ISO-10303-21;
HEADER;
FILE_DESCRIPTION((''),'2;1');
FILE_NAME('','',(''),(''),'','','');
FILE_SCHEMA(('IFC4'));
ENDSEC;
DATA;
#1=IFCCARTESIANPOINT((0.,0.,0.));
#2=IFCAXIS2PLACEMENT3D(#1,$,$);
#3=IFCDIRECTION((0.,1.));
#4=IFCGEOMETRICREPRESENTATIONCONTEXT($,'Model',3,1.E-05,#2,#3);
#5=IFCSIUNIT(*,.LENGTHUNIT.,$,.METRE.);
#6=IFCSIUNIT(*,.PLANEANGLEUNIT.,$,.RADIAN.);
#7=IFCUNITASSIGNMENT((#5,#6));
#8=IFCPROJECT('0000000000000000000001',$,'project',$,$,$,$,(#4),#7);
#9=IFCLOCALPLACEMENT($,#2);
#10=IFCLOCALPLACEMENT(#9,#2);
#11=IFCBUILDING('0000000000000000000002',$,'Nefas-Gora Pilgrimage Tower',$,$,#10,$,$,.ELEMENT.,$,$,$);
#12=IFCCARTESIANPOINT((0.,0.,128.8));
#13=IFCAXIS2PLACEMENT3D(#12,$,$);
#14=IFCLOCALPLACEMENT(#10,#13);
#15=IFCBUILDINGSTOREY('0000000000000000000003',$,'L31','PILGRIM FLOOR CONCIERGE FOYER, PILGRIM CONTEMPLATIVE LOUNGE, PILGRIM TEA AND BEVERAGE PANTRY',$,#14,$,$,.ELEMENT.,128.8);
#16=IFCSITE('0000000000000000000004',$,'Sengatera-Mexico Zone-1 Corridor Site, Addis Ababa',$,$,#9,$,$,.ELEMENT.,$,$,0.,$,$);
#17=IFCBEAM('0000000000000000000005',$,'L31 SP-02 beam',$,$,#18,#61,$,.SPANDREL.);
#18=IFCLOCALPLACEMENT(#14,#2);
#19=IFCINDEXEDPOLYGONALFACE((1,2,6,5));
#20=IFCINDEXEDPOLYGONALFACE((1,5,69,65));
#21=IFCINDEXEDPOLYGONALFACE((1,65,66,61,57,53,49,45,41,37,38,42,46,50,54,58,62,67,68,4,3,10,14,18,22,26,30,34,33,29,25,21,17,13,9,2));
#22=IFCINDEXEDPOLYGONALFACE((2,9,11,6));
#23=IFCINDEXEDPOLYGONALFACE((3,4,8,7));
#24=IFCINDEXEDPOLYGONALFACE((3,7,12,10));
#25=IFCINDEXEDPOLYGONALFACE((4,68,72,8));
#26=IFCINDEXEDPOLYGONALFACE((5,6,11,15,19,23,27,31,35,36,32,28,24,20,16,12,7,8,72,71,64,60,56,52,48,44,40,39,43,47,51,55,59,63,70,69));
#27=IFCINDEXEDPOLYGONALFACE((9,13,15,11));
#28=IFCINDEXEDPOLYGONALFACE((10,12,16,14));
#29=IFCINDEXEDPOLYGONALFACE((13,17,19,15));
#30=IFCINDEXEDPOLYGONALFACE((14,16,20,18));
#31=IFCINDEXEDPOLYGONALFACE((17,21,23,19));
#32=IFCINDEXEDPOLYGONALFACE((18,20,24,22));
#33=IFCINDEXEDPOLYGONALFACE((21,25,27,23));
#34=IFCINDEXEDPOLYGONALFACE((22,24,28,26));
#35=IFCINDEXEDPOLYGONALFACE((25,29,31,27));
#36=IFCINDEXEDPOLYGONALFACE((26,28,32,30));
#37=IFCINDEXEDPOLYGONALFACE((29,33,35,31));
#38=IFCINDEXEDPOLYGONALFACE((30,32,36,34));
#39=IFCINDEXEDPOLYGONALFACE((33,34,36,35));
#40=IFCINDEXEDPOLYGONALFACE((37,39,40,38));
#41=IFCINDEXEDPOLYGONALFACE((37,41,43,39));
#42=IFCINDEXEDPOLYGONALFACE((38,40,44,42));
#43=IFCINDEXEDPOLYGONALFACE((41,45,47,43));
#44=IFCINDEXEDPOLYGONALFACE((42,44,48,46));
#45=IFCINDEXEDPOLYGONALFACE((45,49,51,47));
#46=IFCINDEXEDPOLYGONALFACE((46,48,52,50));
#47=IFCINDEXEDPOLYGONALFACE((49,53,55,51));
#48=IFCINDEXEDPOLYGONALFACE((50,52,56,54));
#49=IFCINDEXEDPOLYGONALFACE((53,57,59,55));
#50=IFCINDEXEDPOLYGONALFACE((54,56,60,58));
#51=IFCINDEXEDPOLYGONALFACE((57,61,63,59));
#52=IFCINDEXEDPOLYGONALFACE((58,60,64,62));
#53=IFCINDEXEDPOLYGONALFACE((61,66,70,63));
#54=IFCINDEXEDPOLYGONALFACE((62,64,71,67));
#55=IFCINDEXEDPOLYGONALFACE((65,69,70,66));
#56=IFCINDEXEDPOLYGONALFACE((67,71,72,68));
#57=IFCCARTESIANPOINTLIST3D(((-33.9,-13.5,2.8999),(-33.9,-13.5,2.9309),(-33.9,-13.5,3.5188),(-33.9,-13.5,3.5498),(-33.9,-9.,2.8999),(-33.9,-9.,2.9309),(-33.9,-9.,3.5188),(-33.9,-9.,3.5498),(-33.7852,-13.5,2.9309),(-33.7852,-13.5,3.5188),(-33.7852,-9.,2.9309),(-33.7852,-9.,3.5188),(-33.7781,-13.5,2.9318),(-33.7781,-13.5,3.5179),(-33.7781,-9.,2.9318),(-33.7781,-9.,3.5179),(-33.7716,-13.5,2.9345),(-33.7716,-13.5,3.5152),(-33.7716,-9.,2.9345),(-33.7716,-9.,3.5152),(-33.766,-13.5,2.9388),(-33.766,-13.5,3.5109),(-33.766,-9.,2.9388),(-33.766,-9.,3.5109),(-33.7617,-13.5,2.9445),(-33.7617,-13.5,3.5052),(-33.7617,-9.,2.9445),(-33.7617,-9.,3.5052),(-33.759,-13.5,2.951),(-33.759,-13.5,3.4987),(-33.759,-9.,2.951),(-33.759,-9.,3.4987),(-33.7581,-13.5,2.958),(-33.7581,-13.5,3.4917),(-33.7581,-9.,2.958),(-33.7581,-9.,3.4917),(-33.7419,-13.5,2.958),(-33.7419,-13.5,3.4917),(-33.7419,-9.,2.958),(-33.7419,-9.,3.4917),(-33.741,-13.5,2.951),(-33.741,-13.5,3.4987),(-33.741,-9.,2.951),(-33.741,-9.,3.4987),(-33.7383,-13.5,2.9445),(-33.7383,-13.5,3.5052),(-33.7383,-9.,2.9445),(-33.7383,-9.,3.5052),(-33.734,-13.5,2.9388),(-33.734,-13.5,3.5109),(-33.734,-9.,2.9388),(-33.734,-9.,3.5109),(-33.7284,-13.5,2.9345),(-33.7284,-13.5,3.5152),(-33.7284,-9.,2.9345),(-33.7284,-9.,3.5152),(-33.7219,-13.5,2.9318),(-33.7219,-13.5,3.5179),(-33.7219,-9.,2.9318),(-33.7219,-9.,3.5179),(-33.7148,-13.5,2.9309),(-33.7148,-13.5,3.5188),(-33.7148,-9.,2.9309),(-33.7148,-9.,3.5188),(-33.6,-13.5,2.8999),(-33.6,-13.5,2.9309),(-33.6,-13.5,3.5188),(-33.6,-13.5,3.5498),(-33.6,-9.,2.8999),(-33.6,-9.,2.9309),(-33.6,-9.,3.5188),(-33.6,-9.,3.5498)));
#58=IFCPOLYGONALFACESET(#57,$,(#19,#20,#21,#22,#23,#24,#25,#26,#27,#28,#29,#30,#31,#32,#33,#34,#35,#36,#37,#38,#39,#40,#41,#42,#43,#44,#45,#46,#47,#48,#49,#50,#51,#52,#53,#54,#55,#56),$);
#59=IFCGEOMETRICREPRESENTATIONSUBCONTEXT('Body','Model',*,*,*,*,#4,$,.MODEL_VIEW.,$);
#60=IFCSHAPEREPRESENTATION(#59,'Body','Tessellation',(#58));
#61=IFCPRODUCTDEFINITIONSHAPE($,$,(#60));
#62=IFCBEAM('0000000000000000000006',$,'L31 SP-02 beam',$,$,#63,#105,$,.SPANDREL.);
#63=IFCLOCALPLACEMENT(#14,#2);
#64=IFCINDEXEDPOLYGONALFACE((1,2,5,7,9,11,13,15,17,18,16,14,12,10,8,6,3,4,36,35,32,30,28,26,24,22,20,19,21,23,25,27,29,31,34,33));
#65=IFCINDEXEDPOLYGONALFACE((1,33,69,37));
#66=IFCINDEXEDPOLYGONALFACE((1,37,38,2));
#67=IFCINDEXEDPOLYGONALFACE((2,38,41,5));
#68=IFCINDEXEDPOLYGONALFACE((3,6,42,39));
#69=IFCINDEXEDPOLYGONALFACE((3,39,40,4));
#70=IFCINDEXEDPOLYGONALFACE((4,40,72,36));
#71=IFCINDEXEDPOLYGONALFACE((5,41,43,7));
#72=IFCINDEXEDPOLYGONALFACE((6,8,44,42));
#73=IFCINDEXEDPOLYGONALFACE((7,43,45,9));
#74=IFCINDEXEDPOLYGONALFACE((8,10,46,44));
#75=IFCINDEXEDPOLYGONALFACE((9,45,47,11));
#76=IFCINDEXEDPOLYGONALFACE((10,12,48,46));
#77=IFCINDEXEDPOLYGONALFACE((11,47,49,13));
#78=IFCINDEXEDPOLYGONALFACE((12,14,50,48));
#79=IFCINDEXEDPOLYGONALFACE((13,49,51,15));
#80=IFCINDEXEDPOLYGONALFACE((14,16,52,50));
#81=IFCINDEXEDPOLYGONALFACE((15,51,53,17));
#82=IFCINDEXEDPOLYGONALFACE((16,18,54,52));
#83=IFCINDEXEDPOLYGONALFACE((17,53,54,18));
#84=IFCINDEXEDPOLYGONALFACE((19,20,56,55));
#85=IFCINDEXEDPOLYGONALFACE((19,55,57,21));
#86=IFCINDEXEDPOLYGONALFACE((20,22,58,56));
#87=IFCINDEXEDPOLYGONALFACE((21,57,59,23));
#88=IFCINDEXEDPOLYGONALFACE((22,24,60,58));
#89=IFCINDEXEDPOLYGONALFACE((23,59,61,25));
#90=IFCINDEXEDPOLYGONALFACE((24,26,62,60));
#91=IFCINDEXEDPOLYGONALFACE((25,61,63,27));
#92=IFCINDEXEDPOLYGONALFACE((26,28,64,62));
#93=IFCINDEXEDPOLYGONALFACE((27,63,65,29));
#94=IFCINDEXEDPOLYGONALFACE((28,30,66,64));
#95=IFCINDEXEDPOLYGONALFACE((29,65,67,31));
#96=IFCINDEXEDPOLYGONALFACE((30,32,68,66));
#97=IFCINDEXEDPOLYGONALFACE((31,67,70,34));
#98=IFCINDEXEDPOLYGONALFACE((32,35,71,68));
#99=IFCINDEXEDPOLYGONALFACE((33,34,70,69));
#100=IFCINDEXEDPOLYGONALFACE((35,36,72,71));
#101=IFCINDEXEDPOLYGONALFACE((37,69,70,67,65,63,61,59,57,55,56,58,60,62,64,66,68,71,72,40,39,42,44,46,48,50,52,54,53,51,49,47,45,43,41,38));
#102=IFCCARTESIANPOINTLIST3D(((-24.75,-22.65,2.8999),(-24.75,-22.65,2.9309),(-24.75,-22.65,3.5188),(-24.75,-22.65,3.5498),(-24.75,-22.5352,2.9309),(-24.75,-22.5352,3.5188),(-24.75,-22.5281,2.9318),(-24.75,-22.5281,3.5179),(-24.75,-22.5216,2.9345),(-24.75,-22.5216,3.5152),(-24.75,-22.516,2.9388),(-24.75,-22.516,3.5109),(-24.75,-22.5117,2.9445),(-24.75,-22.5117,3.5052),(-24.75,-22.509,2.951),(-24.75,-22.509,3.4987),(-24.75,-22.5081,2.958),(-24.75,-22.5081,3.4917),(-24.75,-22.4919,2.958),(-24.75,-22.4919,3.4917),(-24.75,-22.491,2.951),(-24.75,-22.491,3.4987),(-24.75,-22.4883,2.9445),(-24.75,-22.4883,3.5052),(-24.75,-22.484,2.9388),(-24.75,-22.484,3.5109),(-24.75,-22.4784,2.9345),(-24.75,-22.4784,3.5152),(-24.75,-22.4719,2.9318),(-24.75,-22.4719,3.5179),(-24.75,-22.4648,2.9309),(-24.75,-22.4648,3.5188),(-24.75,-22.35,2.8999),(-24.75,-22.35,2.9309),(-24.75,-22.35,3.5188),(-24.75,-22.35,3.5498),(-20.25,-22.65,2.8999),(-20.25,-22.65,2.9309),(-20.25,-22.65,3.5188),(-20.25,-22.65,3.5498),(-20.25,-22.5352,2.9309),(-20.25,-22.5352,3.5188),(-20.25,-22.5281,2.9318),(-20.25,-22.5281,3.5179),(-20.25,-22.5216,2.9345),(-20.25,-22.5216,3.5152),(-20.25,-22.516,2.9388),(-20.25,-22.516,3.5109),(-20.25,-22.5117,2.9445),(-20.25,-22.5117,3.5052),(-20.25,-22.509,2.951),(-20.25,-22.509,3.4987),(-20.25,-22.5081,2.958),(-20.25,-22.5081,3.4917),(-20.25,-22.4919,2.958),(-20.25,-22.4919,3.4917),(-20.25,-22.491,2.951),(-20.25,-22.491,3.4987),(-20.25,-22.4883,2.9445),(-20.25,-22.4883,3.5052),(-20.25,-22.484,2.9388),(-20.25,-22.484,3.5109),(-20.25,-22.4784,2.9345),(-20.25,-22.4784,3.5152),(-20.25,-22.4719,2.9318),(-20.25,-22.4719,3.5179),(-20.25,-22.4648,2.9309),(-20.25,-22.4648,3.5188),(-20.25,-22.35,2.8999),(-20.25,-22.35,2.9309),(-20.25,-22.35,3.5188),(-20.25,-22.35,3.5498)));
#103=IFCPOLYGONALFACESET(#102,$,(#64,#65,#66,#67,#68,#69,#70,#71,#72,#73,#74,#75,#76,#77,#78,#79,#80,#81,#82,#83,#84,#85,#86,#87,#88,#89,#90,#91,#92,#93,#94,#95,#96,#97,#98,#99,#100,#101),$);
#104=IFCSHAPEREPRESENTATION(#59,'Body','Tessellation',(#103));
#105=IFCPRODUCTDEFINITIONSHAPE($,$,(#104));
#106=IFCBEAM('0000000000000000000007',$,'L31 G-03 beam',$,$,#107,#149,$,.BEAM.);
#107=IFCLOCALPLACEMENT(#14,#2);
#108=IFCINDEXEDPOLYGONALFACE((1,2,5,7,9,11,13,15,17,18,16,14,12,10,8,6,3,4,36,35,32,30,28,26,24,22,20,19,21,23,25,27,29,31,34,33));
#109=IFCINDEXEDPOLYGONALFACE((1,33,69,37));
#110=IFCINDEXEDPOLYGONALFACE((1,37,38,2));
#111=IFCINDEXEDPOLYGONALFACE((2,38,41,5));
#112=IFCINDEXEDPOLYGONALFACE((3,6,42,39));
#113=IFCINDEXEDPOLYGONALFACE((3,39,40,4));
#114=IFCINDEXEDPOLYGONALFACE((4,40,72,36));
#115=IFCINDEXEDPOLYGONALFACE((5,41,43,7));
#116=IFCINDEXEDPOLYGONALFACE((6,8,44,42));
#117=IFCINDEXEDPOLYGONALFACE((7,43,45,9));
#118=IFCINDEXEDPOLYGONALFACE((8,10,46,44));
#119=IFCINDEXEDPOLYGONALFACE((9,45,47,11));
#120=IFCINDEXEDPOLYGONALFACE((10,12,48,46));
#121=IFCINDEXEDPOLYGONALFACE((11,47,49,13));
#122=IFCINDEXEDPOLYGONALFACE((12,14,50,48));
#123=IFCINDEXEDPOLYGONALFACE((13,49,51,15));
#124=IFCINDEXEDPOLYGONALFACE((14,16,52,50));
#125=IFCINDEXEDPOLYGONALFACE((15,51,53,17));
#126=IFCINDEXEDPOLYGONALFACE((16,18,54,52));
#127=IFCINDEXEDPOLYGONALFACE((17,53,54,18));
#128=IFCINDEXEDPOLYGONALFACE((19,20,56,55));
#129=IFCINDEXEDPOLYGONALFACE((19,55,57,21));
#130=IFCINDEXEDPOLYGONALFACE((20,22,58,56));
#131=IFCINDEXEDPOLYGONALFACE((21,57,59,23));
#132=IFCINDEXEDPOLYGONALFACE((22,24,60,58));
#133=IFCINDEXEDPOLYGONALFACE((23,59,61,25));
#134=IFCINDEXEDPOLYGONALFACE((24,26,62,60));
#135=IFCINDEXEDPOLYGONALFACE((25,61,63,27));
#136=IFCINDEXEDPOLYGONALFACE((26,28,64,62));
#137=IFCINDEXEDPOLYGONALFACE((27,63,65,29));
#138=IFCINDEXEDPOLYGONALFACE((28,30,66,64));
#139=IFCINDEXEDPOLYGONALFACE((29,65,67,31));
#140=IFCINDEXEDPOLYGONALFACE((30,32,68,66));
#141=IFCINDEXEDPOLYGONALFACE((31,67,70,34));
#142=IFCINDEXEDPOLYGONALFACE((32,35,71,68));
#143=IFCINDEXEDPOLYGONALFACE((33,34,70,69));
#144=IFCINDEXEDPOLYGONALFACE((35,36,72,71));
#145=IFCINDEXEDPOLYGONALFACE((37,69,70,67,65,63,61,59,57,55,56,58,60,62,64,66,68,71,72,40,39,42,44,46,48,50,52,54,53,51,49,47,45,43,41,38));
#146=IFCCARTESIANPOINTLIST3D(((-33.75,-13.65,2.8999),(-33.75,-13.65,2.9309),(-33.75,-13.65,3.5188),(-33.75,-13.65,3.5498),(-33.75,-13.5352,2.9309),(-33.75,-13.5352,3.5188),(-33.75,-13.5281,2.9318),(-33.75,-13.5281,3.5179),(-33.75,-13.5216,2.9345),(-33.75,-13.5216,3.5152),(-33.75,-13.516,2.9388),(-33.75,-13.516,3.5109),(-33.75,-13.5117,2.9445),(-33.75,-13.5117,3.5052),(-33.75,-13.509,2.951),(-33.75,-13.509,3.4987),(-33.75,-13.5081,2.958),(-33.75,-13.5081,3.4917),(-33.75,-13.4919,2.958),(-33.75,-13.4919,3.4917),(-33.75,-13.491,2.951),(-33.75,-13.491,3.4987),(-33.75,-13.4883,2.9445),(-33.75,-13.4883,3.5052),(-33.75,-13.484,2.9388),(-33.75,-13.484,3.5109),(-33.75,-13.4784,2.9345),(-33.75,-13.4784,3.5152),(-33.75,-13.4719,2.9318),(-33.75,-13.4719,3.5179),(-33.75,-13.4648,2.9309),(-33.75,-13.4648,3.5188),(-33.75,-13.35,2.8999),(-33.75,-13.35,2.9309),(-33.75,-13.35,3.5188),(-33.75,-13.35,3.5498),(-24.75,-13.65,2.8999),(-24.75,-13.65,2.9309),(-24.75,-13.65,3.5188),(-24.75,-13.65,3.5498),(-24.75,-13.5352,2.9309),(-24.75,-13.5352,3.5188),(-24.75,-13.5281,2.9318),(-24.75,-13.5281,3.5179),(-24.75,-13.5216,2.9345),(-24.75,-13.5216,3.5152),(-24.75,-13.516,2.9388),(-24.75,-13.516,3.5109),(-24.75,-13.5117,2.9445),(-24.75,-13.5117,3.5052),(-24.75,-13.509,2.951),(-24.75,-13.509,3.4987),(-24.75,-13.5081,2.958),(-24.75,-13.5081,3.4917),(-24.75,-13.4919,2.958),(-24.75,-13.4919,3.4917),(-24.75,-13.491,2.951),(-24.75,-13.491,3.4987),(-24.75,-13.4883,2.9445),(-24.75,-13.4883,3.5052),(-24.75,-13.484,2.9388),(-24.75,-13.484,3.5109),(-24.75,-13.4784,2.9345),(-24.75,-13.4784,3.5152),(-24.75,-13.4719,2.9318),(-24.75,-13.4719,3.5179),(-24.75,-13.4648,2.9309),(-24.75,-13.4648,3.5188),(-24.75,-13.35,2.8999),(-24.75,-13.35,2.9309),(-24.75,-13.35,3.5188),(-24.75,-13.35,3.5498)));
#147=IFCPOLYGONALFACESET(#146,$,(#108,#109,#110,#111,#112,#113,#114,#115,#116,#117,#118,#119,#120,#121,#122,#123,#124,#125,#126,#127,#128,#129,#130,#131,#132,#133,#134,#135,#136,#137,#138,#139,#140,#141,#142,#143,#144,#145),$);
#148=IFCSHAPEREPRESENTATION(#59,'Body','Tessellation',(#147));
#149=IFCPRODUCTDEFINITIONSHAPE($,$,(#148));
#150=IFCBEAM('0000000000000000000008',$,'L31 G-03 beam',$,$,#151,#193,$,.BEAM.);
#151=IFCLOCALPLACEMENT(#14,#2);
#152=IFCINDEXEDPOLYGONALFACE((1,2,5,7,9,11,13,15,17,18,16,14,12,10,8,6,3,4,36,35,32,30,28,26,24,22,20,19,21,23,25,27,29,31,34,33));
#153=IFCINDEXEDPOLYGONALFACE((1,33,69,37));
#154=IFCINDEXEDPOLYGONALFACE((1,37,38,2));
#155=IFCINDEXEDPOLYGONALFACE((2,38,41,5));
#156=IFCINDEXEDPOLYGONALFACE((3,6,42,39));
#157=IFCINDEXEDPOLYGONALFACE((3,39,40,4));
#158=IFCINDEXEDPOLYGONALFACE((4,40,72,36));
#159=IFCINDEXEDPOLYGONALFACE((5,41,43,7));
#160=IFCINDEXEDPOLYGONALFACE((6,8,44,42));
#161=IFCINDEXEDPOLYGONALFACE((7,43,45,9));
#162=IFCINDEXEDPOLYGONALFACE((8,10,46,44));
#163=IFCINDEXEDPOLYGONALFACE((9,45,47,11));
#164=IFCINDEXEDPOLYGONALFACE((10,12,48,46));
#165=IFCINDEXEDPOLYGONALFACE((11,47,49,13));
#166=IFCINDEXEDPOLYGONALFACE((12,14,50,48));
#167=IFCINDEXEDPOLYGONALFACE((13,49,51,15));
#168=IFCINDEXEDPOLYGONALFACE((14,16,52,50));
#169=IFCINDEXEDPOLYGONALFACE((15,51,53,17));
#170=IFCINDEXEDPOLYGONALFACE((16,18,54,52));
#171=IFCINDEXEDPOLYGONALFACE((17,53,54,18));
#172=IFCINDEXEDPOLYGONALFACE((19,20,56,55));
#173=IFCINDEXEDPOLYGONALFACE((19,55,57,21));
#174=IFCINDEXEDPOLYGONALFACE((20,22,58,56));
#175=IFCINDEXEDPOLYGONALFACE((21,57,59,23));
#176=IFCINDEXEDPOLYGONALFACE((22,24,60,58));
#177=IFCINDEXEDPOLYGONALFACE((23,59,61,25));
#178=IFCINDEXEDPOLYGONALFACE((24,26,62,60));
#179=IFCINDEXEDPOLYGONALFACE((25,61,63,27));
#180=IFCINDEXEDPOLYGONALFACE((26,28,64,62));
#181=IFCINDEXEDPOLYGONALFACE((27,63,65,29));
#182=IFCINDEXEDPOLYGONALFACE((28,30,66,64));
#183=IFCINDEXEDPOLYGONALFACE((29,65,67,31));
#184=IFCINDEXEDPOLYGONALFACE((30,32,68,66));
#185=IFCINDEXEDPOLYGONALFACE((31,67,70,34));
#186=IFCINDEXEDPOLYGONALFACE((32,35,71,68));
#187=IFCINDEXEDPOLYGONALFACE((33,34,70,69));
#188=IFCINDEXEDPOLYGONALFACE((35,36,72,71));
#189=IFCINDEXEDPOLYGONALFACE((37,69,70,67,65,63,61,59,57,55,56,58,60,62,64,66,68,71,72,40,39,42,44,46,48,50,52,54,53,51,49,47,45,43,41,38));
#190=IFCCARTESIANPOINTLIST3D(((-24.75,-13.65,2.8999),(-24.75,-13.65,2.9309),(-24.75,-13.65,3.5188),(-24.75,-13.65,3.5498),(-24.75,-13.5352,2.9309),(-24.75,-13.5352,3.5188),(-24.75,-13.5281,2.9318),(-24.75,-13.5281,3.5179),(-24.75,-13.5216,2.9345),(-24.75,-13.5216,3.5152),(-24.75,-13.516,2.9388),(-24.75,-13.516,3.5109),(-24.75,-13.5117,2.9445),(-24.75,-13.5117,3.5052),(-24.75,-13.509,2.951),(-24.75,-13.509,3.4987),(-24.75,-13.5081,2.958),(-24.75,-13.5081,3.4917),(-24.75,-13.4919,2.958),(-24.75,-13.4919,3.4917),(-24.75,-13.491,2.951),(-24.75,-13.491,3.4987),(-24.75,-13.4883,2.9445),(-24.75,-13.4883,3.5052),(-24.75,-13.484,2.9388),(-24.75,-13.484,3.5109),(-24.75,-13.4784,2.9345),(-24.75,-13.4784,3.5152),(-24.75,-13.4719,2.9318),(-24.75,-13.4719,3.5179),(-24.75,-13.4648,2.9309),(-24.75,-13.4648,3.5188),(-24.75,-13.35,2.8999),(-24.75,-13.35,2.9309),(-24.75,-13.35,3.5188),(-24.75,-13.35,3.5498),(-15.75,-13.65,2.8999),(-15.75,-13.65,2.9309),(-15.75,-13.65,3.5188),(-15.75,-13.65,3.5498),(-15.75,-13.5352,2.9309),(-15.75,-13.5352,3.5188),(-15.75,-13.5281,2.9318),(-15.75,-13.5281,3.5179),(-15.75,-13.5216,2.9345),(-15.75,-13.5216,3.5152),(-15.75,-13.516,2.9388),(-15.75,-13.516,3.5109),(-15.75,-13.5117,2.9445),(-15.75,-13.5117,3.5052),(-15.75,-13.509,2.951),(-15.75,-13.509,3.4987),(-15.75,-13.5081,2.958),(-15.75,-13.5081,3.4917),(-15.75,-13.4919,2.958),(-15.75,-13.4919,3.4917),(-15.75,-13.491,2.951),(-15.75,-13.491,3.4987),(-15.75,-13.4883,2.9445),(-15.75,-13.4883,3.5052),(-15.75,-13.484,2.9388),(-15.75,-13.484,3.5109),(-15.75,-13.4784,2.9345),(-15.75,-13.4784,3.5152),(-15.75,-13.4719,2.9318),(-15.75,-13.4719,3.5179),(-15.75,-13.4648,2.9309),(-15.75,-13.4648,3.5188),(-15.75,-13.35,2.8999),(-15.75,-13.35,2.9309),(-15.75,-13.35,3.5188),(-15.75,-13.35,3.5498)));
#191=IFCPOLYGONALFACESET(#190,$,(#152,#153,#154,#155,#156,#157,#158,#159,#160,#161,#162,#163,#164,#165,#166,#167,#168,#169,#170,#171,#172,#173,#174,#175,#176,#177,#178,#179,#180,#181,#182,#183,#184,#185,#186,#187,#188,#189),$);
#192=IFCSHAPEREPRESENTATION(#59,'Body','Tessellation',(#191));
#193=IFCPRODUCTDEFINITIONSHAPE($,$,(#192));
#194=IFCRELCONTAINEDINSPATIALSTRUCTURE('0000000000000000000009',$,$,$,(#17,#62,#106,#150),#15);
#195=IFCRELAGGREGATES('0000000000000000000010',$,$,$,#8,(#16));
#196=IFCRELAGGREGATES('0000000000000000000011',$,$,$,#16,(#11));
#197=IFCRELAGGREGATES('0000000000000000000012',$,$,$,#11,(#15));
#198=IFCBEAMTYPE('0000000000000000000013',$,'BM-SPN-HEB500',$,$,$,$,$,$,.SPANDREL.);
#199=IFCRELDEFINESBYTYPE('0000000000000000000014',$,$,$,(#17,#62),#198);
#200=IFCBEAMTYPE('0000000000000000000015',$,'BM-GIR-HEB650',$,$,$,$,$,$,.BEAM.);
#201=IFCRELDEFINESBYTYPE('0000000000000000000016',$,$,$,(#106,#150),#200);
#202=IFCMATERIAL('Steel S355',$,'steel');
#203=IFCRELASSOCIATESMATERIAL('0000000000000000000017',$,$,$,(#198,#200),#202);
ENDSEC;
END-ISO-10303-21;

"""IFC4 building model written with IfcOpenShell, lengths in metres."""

from ifc_helpers import new_model, si_unit, direction, frame, origin, origin_2d, place, context, subcontext, project, spatial, i_section, extrude, source, transform, mapped, material, material_profile, profile_set, type_object, element, save


model = new_model("IFC4")

# Units and contexts
model_context = context("Model", 3, precision=1e-05, world=origin(), true_north=direction((0.0, 1.0)))
body_context = subcontext(model_context, "Body", "Model", "MODEL_VIEW")
ifc_project = project(units=[si_unit("LENGTHUNIT", "METRE"), si_unit("PLANEANGLEUNIT", "RADIAN")], contexts=[model_context])

# Site, building, storey
site_placement = place(None, origin())
site = spatial("IfcSite", under=ifc_project, at=site_placement, Name="Sengatera-Mexico Zone-1 Corridor Site, Addis Ababa", CompositionType="ELEMENT", RefElevation=0.0)
building_placement = place(site_placement, origin())
building = spatial("IfcBuilding", under=site, at=building_placement, Name="Nefas-Gora Pilgrimage Tower", CompositionType="ELEMENT")
storey_placement = place(building_placement, frame((0.0, 0.0, 128.8)))
storey = spatial("IfcBuildingStorey", under=building, at=storey_placement, Name="L31", Description="PILGRIM FLOOR CONCIERGE FOYER, PILGRIM CONTEMPLATIVE LOUNGE, PILGRIM TEA AND BEVERAGE PANTRY", CompositionType="ELEMENT", Elevation=128.8)

# Beams
ifc_material_1 = material(Name="Steel S355", Category="steel")
ifc_material_profile_1 = material_profile(ifc_material_1, i_section(OverallWidth=0.3, OverallDepth=0.6499, WebThickness=0.0161, FlangeThickness=0.031, FilletRadius=0.0271, at=origin_2d()), Name="HEB 650")
ifc_profile_set_1 = profile_set([ifc_material_profile_1], Name="Steel S355")
beam_type_1 = type_object("IfcBeamType", Name="BM-SPN-HEB500", PredefinedType="SPANDREL", material=ifc_profile_set_1)
shared_shape_1 = source(origin(), body_context, "Body", "SweptSolid", [
    extrude(i_section(OverallWidth=0.3, OverallDepth=0.6499, WebThickness=0.0161, FlangeThickness=0.031, FilletRadius=0.0271, at=origin_2d()), origin(), (0.0, 0.0, 1.0), 4.5),
])
for number, where, z_axis, x_axis, name in (
    (1, (-33.75, -13.5, 3.2249), (0.0, 1.0, 0.0), (-1.0, 0.0, 0.0), "L31 SP-02 beam"),
    (2, (-24.75, -22.5, 3.2249), (1.0, 0.0, 0.0), (0.0, 1.0, 0.0), "L31 SP-02 beam"),
):
    element("IfcBeam", number, at=place(storey_placement, frame(where, z_axis=z_axis, x_axis=x_axis)), inside=storey, type_object=beam_type_1, Name=name, PredefinedType="SPANDREL", context=body_context, shape_type="MappedRepresentation", body=[
        mapped(shared_shape_1, transform((0.0, 0.0, 0.0), x_axis=(1.0, 0.0, 0.0), y_axis=(0.0, 1.0, 0.0), z_axis=(0.0, 0.0, 1.0), scale=1.0)),
    ])
ifc_material_profile_2 = material_profile(ifc_material_1, i_section(OverallWidth=0.3, OverallDepth=0.6499, WebThickness=0.0161, FlangeThickness=0.031, FilletRadius=0.0271, at=origin_2d()), Name="HEB 650")
ifc_profile_set_2 = profile_set([ifc_material_profile_2], Name="Steel S355")
beam_type_2 = type_object("IfcBeamType", Name="BM-GIR-HEB650", PredefinedType="BEAM", material=ifc_profile_set_2)
shared_shape_2 = source(origin(), body_context, "Body", "SweptSolid", [
    extrude(i_section(OverallWidth=0.3, OverallDepth=0.6499, WebThickness=0.0161, FlangeThickness=0.031, FilletRadius=0.0271, at=origin_2d()), origin(), (0.0, 0.0, 1.0), 9.0),
])
for number, where, z_axis, x_axis, name in (
    (3, (-33.75, -13.5, 3.2249), (1.0, 0.0, 0.0), (0.0, 1.0, 0.0), "L31 G-03 beam"),
    (4, (-24.75, -13.5, 3.2249), (1.0, 0.0, 0.0), (0.0, 1.0, 0.0), "L31 G-03 beam"),
):
    element("IfcBeam", number, at=place(storey_placement, frame(where, z_axis=z_axis, x_axis=x_axis)), inside=storey, type_object=beam_type_2, Name=name, PredefinedType="BEAM", context=body_context, shape_type="MappedRepresentation", body=[
        mapped(shared_shape_2, transform((0.0, 0.0, 0.0), x_axis=(1.0, 0.0, 0.0), y_axis=(0.0, 1.0, 0.0), z_axis=(0.0, 0.0, 1.0), scale=1.0)),
    ])

save(model, "model.ifc")
